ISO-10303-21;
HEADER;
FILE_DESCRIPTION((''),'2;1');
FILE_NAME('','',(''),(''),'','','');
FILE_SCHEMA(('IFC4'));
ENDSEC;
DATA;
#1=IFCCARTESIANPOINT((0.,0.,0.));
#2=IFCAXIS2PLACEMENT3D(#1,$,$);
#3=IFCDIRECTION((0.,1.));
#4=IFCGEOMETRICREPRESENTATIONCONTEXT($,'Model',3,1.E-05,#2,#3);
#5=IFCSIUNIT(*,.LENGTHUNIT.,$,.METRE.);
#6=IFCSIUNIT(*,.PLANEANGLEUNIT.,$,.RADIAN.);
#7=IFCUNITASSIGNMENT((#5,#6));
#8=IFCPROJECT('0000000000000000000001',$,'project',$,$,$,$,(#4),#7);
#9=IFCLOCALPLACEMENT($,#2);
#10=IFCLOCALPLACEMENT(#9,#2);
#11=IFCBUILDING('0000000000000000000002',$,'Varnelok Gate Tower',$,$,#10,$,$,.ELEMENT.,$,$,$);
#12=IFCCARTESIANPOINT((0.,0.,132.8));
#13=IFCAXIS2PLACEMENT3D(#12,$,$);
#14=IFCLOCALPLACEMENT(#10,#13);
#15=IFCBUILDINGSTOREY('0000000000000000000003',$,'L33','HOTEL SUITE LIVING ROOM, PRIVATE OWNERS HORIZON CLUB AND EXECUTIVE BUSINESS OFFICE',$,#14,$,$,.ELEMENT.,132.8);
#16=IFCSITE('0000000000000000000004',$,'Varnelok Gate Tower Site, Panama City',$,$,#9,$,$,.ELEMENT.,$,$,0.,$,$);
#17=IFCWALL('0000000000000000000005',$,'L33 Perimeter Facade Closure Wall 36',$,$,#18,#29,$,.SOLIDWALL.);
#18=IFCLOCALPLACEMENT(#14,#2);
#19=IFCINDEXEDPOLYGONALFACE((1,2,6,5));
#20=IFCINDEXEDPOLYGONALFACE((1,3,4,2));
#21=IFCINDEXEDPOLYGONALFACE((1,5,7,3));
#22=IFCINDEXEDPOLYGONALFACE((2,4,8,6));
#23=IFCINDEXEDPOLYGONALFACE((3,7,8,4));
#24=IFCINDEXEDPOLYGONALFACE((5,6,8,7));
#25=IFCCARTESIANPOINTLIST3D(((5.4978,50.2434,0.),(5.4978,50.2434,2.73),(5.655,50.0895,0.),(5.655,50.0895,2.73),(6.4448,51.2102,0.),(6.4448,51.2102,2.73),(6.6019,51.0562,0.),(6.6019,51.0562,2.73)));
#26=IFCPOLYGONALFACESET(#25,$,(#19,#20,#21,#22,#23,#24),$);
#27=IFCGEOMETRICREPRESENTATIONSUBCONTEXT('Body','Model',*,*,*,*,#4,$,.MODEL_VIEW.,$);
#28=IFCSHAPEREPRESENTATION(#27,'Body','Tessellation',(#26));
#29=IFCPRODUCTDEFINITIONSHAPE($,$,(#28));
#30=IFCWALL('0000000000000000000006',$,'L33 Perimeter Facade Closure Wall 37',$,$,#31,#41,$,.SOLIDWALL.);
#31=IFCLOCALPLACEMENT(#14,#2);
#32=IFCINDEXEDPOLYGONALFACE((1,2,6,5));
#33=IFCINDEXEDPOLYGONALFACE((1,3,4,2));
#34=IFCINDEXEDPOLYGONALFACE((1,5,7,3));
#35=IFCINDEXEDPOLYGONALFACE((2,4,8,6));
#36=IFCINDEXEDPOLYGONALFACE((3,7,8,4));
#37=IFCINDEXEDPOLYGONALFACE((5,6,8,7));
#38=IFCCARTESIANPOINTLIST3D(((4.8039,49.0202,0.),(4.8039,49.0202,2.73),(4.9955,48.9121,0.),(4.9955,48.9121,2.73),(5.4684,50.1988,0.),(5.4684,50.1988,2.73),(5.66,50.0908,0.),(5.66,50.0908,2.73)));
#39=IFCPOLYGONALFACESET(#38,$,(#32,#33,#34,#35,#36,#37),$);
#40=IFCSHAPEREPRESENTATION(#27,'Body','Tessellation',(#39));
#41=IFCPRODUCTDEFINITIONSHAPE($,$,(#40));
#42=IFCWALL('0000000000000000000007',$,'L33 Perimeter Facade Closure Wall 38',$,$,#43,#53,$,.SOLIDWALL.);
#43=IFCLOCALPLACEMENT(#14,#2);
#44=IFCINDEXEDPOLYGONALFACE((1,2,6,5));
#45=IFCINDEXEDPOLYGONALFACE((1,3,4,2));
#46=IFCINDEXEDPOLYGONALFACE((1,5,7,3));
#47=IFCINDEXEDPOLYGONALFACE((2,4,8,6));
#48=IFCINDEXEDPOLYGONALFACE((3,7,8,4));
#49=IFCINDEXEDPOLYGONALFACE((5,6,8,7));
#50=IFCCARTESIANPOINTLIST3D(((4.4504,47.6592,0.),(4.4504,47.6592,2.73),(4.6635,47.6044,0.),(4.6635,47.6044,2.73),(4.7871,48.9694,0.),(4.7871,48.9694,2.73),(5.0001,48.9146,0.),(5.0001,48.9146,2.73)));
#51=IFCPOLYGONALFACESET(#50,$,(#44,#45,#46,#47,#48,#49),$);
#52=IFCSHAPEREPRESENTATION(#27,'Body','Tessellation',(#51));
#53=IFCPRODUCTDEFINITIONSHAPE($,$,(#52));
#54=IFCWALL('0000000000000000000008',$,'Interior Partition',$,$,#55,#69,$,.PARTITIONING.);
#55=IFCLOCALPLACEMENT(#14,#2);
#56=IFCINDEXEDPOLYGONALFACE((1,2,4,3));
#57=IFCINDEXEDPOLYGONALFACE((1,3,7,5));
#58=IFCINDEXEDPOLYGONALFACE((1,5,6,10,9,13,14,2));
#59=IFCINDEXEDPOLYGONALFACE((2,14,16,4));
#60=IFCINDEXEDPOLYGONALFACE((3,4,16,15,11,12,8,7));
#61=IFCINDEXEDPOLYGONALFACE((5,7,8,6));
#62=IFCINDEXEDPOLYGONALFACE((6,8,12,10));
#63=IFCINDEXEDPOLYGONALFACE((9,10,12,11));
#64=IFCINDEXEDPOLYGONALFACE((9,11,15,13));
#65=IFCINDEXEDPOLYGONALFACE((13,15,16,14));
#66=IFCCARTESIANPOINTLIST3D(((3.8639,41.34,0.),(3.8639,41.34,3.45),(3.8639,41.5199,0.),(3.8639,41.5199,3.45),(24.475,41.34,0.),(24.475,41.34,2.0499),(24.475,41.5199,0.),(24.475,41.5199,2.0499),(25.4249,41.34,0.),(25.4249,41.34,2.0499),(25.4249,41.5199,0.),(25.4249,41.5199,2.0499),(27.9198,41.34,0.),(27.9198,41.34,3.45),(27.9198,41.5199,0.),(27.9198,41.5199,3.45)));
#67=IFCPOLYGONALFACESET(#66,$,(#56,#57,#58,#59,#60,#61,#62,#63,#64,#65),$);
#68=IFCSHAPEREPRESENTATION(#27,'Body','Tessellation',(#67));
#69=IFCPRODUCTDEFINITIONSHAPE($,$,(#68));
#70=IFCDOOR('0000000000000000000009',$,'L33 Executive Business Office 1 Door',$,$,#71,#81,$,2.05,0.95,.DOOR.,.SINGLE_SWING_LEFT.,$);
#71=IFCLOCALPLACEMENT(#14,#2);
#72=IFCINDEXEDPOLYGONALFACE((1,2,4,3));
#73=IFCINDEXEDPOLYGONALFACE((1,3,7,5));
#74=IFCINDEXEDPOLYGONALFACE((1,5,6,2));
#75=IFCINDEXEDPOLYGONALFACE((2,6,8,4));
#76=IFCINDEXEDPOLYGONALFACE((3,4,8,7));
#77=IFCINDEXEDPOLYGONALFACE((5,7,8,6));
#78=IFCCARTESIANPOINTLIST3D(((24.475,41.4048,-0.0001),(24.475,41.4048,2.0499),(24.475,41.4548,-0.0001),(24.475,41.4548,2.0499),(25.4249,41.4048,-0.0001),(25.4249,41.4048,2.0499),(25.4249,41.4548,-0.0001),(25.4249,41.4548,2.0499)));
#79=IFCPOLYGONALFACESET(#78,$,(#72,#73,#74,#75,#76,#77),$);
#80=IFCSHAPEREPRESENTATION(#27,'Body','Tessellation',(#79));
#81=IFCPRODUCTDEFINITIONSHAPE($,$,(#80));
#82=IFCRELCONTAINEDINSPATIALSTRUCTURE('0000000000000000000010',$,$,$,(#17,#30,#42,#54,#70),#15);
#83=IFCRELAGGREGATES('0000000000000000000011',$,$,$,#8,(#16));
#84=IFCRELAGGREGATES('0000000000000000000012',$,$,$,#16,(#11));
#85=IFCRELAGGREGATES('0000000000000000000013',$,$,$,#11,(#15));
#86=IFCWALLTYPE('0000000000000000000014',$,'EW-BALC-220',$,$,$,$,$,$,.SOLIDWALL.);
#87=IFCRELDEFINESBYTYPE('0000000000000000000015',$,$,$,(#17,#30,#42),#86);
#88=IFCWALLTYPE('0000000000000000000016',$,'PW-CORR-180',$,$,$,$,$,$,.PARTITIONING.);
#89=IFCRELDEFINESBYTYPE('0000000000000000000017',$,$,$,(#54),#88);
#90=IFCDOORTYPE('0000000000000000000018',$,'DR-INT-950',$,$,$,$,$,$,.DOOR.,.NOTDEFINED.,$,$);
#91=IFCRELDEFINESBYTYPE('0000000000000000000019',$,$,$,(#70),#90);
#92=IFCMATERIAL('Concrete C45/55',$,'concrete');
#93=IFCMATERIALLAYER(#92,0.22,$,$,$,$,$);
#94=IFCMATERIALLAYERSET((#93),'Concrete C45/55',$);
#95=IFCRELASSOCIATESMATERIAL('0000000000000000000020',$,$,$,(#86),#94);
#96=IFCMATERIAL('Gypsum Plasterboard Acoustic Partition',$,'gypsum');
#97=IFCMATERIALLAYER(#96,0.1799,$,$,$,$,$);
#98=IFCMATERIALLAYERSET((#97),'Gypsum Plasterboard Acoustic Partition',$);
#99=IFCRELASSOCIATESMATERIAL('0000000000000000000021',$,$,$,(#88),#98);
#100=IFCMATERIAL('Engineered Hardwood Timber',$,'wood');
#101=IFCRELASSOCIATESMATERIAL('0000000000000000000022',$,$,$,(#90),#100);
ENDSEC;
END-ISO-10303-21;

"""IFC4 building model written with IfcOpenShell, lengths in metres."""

from ifc_helpers import new_model, si_unit, direction, frame, frame_2d, origin, place, context, subcontext, project, spatial, rectangle, extrude, material, layer, layer_set, type_object, element, fill, save


model = new_model("IFC4")

# Units and contexts
model_context = context("Model", 3, precision=1e-05, world=origin(), true_north=direction((0.0, 1.0)))
body_context = subcontext(model_context, "Body", "Model", "MODEL_VIEW")
ifc_project = project(units=[si_unit("LENGTHUNIT", "METRE"), si_unit("PLANEANGLEUNIT", "RADIAN")], contexts=[model_context])

# Site, building, storey
site_placement = place(None, origin())
site = spatial("IfcSite", under=ifc_project, at=site_placement, Name="Varnelok Gate Tower Site, Panama City", CompositionType="ELEMENT", RefElevation=0.0)
building_placement = place(site_placement, origin())
building = spatial("IfcBuilding", under=site, at=building_placement, Name="Varnelok Gate Tower", CompositionType="ELEMENT")
storey_placement = place(building_placement, frame((0.0, 0.0, 132.8)))
storey = spatial("IfcBuildingStorey", under=building, at=storey_placement, Name="L33", Description="HOTEL SUITE LIVING ROOM, PRIVATE OWNERS HORIZON CLUB AND EXECUTIVE BUSINESS OFFICE", CompositionType="ELEMENT", Elevation=132.8)

# Walls
ifc_material_1 = material(Name="Concrete C45/55", Category="concrete")
ifc_layer_1 = layer(ifc_material_1, 0.22)
ifc_layer_set_1 = layer_set([ifc_layer_1], Name="Concrete C45/55")
wall_type_1 = type_object("IfcWallType", Name="EW-BALC-220", PredefinedType="SOLIDWALL", material=ifc_layer_set_1)
wall_1_placement = place(storey_placement, frame((6.5234, 51.1333, 0.0), z_axis=(0.0, 0.0, 1.0), x_axis=(-0.699763, -0.714375, 0.0)))
element("IfcWall", 1, at=wall_1_placement, inside=storey, type_object=wall_type_1, Name="L33 Perimeter Facade Closure Wall 36", PredefinedType="SOLIDWALL", context=body_context, shape_type="SweptSolid", body=[
    extrude(rectangle(XDim=1.3533, YDim=0.22, at=frame_2d((0.6768, 0.0))), origin(), (0.0, 0.0, 1.0), 2.73),
])
wall_2_placement = place(storey_placement, frame((5.5642, 50.1448, 0.0), z_axis=(0.0, 0.0, 1.0), x_axis=(-0.491118, -0.871093, 0.0)))
element("IfcWall", 2, at=wall_2_placement, inside=storey, type_object=wall_type_1, Name="L33 Perimeter Facade Closure Wall 37", PredefinedType="SOLIDWALL", context=body_context, shape_type="SweptSolid", body=[
    extrude(rectangle(XDim=1.353, YDim=0.22, at=frame_2d((0.6765, 0.0))), origin(), (0.0, 0.0, 1.0), 2.73),
])
wall_3_placement = place(storey_placement, frame((4.8936, 48.9419, 0.0), z_axis=(0.0, 0.0, 1.0), x_axis=(-0.248857, -0.96854, 0.0)))
element("IfcWall", 3, at=wall_3_placement, inside=storey, type_object=wall_type_1, Name="L33 Perimeter Facade Closure Wall 38", PredefinedType="SOLIDWALL", context=body_context, shape_type="SweptSolid", body=[
    extrude(rectangle(XDim=1.3528, YDim=0.22, at=frame_2d((0.6763, 0.0))), origin(), (0.0, 0.0, 1.0), 2.73),
])

# Wall, opening, door
ifc_material_2 = material(Name="Gypsum Plasterboard Acoustic Partition", Category="gypsum")
ifc_layer_2 = layer(ifc_material_2, 0.1799)
ifc_layer_set_2 = layer_set([ifc_layer_2], Name="Gypsum Plasterboard Acoustic Partition")
wall_type_2 = type_object("IfcWallType", Name="PW-CORR-180", PredefinedType="PARTITIONING", material=ifc_layer_set_2)
wall_4_placement = place(storey_placement, frame((3.864, 41.4299, 0.0), z_axis=(0.0, 0.0, 1.0), x_axis=(1.0, 0.0, 0.0)))
wall_4 = element("IfcWall", 4, at=wall_4_placement, inside=storey, type_object=wall_type_2, Name="Interior Partition", PredefinedType="PARTITIONING", context=body_context, shape_type="SweptSolid", body=[
    extrude(rectangle(XDim=24.0559, YDim=0.1799, at=frame_2d((12.0278, 0.0))), origin(), (0.0, 0.0, 1.0), 3.45),
])
opening_placement = place(wall_4_placement, frame((20.6108, 0.0, 0.0)))
opening = element("IfcOpeningElement", 5, at=opening_placement, cuts=wall_4, PredefinedType="OPENING", context=body_context, shape_type="SweptSolid", body=[
    extrude(rectangle(XDim=0.95, YDim=2.05, at=frame_2d((0.4751, 1.0249))), frame((0.0, 0.0999, 0.0), z_axis=(0.0, -1.0, 0.0), x_axis=(1.0, 0.0, 0.0)), (0.0, 0.0, 1.0), 0.2),
])
ifc_material_3 = material(Name="Engineered Hardwood Timber", Category="wood")
door_type = type_object("IfcDoorType", Name="DR-INT-950", OperationType="NOTDEFINED", PredefinedType="DOOR", material=ifc_material_3)
door_placement = place(opening_placement, origin())
door = element("IfcDoor", 6, at=door_placement, inside=storey, type_object=door_type, Name="L33 Executive Business Office 1 Door", OperationType="SINGLE_SWING_LEFT", OverallHeight=2.05, OverallWidth=0.95, PredefinedType="DOOR", context=body_context, shape_type="SweptSolid", body=[
    extrude(rectangle(XDim=0.95, YDim=2.05, at=frame_2d((0.4751, 1.0249))), frame((0.0, 0.0249, 0.0), z_axis=(0.0, -1.0, 0.0), x_axis=(1.0, 0.0, 0.0)), (0.0, 0.0, 1.0), 0.05),
])
fill(opening, door)

save(model, "model.ifc")
